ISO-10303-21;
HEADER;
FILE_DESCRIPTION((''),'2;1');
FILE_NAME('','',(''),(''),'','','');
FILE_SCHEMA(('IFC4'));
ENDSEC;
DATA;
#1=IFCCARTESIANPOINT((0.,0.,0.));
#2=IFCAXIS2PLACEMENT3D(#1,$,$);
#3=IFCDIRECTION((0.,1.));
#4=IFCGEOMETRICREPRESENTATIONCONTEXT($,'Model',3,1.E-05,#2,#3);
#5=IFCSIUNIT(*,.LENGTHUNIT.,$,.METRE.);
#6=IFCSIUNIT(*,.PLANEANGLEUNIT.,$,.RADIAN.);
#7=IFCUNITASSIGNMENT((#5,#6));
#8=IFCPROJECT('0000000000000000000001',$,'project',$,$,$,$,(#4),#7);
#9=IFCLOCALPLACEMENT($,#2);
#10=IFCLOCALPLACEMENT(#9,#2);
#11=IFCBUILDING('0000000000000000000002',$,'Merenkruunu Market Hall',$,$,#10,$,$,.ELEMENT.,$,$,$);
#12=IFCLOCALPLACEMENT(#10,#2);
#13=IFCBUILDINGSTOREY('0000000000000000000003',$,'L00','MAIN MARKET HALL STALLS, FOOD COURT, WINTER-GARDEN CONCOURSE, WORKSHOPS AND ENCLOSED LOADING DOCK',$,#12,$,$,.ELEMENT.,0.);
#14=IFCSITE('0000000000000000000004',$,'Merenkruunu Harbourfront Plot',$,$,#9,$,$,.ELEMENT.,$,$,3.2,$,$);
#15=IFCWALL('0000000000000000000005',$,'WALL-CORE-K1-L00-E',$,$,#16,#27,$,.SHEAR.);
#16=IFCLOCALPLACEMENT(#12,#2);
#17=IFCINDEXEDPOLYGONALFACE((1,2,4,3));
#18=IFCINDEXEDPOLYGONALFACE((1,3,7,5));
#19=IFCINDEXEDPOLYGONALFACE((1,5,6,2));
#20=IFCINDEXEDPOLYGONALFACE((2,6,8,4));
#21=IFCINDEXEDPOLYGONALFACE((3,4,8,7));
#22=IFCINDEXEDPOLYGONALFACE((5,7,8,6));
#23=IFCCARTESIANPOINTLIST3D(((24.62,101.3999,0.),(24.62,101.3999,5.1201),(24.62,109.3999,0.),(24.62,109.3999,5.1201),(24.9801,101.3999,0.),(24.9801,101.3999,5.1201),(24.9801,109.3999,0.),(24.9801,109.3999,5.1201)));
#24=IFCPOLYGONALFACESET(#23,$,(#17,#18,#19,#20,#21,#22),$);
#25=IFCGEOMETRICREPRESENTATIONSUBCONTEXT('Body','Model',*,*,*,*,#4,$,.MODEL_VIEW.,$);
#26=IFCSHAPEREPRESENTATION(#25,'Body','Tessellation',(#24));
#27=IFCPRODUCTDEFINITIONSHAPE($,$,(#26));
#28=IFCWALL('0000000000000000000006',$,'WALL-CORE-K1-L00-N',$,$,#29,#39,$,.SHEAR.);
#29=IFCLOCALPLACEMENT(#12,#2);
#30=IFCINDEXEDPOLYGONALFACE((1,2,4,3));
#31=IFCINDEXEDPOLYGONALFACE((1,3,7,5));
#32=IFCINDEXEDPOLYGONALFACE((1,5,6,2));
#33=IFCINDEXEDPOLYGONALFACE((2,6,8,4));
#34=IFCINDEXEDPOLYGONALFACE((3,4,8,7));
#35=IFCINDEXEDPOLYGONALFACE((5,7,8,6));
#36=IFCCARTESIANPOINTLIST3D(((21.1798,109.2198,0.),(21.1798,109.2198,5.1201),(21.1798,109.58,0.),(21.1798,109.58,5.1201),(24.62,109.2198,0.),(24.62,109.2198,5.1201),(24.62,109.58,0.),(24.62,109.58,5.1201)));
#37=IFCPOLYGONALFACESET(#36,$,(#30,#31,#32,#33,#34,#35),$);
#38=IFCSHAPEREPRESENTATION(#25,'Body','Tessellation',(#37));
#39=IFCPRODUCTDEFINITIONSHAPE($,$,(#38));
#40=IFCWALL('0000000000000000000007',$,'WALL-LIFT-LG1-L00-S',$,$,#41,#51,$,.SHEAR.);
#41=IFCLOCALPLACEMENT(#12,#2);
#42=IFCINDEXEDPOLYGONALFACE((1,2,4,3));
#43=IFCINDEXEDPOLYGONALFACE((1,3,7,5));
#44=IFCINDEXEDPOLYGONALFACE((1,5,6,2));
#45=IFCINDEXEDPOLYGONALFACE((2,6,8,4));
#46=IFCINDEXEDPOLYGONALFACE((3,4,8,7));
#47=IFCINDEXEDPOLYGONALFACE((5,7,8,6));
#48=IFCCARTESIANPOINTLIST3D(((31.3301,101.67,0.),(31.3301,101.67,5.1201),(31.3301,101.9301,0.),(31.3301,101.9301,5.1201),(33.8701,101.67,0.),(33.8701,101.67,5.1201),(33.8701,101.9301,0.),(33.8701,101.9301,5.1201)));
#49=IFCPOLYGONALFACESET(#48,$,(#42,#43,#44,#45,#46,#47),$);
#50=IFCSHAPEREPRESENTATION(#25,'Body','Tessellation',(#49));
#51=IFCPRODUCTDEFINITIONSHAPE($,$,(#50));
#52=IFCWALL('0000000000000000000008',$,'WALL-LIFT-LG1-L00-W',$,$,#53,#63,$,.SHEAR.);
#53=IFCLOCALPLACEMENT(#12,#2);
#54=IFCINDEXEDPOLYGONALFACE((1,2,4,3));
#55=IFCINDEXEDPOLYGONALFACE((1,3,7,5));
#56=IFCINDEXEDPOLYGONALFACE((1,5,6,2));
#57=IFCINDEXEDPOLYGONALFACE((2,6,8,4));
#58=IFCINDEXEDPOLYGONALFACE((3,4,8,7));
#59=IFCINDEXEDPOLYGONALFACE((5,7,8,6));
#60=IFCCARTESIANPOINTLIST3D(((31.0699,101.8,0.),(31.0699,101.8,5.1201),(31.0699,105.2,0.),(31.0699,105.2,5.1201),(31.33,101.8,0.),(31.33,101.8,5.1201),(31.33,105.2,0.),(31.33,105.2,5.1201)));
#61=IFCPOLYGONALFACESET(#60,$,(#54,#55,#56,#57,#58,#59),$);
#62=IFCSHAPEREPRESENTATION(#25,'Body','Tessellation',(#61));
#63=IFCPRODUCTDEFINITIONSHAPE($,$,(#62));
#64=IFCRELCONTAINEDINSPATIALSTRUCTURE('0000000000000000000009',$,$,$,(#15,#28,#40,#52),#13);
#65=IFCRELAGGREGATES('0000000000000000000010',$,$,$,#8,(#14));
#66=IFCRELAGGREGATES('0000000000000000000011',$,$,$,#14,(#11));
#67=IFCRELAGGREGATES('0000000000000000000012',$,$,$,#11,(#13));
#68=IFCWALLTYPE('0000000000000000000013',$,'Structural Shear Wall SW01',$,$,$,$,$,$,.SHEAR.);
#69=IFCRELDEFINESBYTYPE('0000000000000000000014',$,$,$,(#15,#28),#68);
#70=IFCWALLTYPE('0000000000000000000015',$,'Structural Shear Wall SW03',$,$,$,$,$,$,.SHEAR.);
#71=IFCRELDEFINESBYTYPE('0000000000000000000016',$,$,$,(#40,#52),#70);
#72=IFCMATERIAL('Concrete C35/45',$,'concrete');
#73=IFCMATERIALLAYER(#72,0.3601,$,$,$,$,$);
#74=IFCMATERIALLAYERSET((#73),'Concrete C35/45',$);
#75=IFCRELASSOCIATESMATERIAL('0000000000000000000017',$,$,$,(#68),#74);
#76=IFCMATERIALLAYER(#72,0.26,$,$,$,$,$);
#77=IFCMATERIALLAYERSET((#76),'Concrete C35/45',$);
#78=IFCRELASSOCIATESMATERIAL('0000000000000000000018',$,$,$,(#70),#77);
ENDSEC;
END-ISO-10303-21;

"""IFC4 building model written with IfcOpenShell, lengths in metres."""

from ifc_helpers import new_model, si_unit, direction, frame, frame_2d, origin, place, context, subcontext, project, spatial, rectangle, extrude, material, layer, layer_set, type_object, element, save


model = new_model("IFC4")

# Units and contexts
model_context = context("Model", 3, precision=1e-05, world=origin(), true_north=direction((0.0, 1.0)))
body_context = subcontext(model_context, "Body", "Model", "MODEL_VIEW")
ifc_project = project(units=[si_unit("LENGTHUNIT", "METRE"), si_unit("PLANEANGLEUNIT", "RADIAN")], contexts=[model_context])

# Site, building, storey
site_placement = place(None, origin())
site = spatial("IfcSite", under=ifc_project, at=site_placement, Name="Merenkruunu Harbourfront Plot", CompositionType="ELEMENT", RefElevation=3.2)
building_placement = place(site_placement, origin())
building = spatial("IfcBuilding", under=site, at=building_placement, Name="Merenkruunu Market Hall", CompositionType="ELEMENT")
storey_placement = place(building_placement, origin())
storey = spatial("IfcBuildingStorey", under=building, at=storey_placement, Name="L00", Description="MAIN MARKET HALL STALLS, FOOD COURT, WINTER-GARDEN CONCOURSE, WORKSHOPS AND ENCLOSED LOADING DOCK", CompositionType="ELEMENT", Elevation=0.0)

# Shared definitions
ifc_material_1 = material(Name="Concrete C35/45", Category="concrete")
ifc_layer_1 = layer(ifc_material_1, 0.3601)
ifc_layer_set_1 = layer_set([ifc_layer_1], Name="Concrete C35/45")
wall_type_1 = type_object("IfcWallType", Name="Structural Shear Wall SW01", PredefinedType="SHEAR", material=ifc_layer_set_1)

# Walls
wall_1_placement = place(storey_placement, frame((24.8, 101.3999, 0.0), z_axis=(0.0, 0.0, 1.0), x_axis=(0.0, 1.0, 0.0)))
element("IfcWall", 1, at=wall_1_placement, inside=storey, type_object=wall_type_1, Name="WALL-CORE-K1-L00-E", PredefinedType="SHEAR", context=body_context, shape_type="SweptSolid", body=[
    extrude(rectangle(XDim=8.0, YDim=0.3601, at=frame_2d((4.0, 0.0))), origin(), (0.0, 0.0, 1.0), 5.1201),
])
wall_2_placement = place(storey_placement, frame((24.6201, 109.3999, 0.0), z_axis=(0.0, 0.0, 1.0), x_axis=(-1.0, 0.0, 0.0)))
element("IfcWall", 2, at=wall_2_placement, inside=storey, type_object=wall_type_1, Name="WALL-CORE-K1-L00-N", PredefinedType="SHEAR", context=body_context, shape_type="SweptSolid", body=[
    extrude(rectangle(XDim=3.4402, YDim=0.3601, at=frame_2d((1.7202, 0.0))), origin(), (0.0, 0.0, 1.0), 5.1201),
])
ifc_layer_2 = layer(ifc_material_1, 0.26)
ifc_layer_set_2 = layer_set([ifc_layer_2], Name="Concrete C35/45")
wall_type_2 = type_object("IfcWallType", Name="Structural Shear Wall SW03", PredefinedType="SHEAR", material=ifc_layer_set_2)
wall_3_placement = place(storey_placement, frame((31.3301, 101.8, 0.0), z_axis=(0.0, 0.0, 1.0), x_axis=(1.0, 0.0, 0.0)))
element("IfcWall", 3, at=wall_3_placement, inside=storey, type_object=wall_type_2, Name="WALL-LIFT-LG1-L00-S", PredefinedType="SHEAR", context=body_context, shape_type="SweptSolid", body=[
    extrude(rectangle(XDim=2.54, YDim=0.26, at=frame_2d((1.27, 0.0))), origin(), (0.0, 0.0, 1.0), 5.1201),
])
wall_4_placement = place(storey_placement, frame((31.2, 105.2, 0.0), z_axis=(0.0, 0.0, 1.0), x_axis=(0.0, -1.0, 0.0)))
element("IfcWall", 4, at=wall_4_placement, inside=storey, type_object=wall_type_2, Name="WALL-LIFT-LG1-L00-W", PredefinedType="SHEAR", context=body_context, shape_type="SweptSolid", body=[
    extrude(rectangle(XDim=3.3999, YDim=0.26, at=frame_2d((1.7, 0.0))), origin(), (0.0, 0.0, 1.0), 5.1201),
])

save(model, "model.ifc")
